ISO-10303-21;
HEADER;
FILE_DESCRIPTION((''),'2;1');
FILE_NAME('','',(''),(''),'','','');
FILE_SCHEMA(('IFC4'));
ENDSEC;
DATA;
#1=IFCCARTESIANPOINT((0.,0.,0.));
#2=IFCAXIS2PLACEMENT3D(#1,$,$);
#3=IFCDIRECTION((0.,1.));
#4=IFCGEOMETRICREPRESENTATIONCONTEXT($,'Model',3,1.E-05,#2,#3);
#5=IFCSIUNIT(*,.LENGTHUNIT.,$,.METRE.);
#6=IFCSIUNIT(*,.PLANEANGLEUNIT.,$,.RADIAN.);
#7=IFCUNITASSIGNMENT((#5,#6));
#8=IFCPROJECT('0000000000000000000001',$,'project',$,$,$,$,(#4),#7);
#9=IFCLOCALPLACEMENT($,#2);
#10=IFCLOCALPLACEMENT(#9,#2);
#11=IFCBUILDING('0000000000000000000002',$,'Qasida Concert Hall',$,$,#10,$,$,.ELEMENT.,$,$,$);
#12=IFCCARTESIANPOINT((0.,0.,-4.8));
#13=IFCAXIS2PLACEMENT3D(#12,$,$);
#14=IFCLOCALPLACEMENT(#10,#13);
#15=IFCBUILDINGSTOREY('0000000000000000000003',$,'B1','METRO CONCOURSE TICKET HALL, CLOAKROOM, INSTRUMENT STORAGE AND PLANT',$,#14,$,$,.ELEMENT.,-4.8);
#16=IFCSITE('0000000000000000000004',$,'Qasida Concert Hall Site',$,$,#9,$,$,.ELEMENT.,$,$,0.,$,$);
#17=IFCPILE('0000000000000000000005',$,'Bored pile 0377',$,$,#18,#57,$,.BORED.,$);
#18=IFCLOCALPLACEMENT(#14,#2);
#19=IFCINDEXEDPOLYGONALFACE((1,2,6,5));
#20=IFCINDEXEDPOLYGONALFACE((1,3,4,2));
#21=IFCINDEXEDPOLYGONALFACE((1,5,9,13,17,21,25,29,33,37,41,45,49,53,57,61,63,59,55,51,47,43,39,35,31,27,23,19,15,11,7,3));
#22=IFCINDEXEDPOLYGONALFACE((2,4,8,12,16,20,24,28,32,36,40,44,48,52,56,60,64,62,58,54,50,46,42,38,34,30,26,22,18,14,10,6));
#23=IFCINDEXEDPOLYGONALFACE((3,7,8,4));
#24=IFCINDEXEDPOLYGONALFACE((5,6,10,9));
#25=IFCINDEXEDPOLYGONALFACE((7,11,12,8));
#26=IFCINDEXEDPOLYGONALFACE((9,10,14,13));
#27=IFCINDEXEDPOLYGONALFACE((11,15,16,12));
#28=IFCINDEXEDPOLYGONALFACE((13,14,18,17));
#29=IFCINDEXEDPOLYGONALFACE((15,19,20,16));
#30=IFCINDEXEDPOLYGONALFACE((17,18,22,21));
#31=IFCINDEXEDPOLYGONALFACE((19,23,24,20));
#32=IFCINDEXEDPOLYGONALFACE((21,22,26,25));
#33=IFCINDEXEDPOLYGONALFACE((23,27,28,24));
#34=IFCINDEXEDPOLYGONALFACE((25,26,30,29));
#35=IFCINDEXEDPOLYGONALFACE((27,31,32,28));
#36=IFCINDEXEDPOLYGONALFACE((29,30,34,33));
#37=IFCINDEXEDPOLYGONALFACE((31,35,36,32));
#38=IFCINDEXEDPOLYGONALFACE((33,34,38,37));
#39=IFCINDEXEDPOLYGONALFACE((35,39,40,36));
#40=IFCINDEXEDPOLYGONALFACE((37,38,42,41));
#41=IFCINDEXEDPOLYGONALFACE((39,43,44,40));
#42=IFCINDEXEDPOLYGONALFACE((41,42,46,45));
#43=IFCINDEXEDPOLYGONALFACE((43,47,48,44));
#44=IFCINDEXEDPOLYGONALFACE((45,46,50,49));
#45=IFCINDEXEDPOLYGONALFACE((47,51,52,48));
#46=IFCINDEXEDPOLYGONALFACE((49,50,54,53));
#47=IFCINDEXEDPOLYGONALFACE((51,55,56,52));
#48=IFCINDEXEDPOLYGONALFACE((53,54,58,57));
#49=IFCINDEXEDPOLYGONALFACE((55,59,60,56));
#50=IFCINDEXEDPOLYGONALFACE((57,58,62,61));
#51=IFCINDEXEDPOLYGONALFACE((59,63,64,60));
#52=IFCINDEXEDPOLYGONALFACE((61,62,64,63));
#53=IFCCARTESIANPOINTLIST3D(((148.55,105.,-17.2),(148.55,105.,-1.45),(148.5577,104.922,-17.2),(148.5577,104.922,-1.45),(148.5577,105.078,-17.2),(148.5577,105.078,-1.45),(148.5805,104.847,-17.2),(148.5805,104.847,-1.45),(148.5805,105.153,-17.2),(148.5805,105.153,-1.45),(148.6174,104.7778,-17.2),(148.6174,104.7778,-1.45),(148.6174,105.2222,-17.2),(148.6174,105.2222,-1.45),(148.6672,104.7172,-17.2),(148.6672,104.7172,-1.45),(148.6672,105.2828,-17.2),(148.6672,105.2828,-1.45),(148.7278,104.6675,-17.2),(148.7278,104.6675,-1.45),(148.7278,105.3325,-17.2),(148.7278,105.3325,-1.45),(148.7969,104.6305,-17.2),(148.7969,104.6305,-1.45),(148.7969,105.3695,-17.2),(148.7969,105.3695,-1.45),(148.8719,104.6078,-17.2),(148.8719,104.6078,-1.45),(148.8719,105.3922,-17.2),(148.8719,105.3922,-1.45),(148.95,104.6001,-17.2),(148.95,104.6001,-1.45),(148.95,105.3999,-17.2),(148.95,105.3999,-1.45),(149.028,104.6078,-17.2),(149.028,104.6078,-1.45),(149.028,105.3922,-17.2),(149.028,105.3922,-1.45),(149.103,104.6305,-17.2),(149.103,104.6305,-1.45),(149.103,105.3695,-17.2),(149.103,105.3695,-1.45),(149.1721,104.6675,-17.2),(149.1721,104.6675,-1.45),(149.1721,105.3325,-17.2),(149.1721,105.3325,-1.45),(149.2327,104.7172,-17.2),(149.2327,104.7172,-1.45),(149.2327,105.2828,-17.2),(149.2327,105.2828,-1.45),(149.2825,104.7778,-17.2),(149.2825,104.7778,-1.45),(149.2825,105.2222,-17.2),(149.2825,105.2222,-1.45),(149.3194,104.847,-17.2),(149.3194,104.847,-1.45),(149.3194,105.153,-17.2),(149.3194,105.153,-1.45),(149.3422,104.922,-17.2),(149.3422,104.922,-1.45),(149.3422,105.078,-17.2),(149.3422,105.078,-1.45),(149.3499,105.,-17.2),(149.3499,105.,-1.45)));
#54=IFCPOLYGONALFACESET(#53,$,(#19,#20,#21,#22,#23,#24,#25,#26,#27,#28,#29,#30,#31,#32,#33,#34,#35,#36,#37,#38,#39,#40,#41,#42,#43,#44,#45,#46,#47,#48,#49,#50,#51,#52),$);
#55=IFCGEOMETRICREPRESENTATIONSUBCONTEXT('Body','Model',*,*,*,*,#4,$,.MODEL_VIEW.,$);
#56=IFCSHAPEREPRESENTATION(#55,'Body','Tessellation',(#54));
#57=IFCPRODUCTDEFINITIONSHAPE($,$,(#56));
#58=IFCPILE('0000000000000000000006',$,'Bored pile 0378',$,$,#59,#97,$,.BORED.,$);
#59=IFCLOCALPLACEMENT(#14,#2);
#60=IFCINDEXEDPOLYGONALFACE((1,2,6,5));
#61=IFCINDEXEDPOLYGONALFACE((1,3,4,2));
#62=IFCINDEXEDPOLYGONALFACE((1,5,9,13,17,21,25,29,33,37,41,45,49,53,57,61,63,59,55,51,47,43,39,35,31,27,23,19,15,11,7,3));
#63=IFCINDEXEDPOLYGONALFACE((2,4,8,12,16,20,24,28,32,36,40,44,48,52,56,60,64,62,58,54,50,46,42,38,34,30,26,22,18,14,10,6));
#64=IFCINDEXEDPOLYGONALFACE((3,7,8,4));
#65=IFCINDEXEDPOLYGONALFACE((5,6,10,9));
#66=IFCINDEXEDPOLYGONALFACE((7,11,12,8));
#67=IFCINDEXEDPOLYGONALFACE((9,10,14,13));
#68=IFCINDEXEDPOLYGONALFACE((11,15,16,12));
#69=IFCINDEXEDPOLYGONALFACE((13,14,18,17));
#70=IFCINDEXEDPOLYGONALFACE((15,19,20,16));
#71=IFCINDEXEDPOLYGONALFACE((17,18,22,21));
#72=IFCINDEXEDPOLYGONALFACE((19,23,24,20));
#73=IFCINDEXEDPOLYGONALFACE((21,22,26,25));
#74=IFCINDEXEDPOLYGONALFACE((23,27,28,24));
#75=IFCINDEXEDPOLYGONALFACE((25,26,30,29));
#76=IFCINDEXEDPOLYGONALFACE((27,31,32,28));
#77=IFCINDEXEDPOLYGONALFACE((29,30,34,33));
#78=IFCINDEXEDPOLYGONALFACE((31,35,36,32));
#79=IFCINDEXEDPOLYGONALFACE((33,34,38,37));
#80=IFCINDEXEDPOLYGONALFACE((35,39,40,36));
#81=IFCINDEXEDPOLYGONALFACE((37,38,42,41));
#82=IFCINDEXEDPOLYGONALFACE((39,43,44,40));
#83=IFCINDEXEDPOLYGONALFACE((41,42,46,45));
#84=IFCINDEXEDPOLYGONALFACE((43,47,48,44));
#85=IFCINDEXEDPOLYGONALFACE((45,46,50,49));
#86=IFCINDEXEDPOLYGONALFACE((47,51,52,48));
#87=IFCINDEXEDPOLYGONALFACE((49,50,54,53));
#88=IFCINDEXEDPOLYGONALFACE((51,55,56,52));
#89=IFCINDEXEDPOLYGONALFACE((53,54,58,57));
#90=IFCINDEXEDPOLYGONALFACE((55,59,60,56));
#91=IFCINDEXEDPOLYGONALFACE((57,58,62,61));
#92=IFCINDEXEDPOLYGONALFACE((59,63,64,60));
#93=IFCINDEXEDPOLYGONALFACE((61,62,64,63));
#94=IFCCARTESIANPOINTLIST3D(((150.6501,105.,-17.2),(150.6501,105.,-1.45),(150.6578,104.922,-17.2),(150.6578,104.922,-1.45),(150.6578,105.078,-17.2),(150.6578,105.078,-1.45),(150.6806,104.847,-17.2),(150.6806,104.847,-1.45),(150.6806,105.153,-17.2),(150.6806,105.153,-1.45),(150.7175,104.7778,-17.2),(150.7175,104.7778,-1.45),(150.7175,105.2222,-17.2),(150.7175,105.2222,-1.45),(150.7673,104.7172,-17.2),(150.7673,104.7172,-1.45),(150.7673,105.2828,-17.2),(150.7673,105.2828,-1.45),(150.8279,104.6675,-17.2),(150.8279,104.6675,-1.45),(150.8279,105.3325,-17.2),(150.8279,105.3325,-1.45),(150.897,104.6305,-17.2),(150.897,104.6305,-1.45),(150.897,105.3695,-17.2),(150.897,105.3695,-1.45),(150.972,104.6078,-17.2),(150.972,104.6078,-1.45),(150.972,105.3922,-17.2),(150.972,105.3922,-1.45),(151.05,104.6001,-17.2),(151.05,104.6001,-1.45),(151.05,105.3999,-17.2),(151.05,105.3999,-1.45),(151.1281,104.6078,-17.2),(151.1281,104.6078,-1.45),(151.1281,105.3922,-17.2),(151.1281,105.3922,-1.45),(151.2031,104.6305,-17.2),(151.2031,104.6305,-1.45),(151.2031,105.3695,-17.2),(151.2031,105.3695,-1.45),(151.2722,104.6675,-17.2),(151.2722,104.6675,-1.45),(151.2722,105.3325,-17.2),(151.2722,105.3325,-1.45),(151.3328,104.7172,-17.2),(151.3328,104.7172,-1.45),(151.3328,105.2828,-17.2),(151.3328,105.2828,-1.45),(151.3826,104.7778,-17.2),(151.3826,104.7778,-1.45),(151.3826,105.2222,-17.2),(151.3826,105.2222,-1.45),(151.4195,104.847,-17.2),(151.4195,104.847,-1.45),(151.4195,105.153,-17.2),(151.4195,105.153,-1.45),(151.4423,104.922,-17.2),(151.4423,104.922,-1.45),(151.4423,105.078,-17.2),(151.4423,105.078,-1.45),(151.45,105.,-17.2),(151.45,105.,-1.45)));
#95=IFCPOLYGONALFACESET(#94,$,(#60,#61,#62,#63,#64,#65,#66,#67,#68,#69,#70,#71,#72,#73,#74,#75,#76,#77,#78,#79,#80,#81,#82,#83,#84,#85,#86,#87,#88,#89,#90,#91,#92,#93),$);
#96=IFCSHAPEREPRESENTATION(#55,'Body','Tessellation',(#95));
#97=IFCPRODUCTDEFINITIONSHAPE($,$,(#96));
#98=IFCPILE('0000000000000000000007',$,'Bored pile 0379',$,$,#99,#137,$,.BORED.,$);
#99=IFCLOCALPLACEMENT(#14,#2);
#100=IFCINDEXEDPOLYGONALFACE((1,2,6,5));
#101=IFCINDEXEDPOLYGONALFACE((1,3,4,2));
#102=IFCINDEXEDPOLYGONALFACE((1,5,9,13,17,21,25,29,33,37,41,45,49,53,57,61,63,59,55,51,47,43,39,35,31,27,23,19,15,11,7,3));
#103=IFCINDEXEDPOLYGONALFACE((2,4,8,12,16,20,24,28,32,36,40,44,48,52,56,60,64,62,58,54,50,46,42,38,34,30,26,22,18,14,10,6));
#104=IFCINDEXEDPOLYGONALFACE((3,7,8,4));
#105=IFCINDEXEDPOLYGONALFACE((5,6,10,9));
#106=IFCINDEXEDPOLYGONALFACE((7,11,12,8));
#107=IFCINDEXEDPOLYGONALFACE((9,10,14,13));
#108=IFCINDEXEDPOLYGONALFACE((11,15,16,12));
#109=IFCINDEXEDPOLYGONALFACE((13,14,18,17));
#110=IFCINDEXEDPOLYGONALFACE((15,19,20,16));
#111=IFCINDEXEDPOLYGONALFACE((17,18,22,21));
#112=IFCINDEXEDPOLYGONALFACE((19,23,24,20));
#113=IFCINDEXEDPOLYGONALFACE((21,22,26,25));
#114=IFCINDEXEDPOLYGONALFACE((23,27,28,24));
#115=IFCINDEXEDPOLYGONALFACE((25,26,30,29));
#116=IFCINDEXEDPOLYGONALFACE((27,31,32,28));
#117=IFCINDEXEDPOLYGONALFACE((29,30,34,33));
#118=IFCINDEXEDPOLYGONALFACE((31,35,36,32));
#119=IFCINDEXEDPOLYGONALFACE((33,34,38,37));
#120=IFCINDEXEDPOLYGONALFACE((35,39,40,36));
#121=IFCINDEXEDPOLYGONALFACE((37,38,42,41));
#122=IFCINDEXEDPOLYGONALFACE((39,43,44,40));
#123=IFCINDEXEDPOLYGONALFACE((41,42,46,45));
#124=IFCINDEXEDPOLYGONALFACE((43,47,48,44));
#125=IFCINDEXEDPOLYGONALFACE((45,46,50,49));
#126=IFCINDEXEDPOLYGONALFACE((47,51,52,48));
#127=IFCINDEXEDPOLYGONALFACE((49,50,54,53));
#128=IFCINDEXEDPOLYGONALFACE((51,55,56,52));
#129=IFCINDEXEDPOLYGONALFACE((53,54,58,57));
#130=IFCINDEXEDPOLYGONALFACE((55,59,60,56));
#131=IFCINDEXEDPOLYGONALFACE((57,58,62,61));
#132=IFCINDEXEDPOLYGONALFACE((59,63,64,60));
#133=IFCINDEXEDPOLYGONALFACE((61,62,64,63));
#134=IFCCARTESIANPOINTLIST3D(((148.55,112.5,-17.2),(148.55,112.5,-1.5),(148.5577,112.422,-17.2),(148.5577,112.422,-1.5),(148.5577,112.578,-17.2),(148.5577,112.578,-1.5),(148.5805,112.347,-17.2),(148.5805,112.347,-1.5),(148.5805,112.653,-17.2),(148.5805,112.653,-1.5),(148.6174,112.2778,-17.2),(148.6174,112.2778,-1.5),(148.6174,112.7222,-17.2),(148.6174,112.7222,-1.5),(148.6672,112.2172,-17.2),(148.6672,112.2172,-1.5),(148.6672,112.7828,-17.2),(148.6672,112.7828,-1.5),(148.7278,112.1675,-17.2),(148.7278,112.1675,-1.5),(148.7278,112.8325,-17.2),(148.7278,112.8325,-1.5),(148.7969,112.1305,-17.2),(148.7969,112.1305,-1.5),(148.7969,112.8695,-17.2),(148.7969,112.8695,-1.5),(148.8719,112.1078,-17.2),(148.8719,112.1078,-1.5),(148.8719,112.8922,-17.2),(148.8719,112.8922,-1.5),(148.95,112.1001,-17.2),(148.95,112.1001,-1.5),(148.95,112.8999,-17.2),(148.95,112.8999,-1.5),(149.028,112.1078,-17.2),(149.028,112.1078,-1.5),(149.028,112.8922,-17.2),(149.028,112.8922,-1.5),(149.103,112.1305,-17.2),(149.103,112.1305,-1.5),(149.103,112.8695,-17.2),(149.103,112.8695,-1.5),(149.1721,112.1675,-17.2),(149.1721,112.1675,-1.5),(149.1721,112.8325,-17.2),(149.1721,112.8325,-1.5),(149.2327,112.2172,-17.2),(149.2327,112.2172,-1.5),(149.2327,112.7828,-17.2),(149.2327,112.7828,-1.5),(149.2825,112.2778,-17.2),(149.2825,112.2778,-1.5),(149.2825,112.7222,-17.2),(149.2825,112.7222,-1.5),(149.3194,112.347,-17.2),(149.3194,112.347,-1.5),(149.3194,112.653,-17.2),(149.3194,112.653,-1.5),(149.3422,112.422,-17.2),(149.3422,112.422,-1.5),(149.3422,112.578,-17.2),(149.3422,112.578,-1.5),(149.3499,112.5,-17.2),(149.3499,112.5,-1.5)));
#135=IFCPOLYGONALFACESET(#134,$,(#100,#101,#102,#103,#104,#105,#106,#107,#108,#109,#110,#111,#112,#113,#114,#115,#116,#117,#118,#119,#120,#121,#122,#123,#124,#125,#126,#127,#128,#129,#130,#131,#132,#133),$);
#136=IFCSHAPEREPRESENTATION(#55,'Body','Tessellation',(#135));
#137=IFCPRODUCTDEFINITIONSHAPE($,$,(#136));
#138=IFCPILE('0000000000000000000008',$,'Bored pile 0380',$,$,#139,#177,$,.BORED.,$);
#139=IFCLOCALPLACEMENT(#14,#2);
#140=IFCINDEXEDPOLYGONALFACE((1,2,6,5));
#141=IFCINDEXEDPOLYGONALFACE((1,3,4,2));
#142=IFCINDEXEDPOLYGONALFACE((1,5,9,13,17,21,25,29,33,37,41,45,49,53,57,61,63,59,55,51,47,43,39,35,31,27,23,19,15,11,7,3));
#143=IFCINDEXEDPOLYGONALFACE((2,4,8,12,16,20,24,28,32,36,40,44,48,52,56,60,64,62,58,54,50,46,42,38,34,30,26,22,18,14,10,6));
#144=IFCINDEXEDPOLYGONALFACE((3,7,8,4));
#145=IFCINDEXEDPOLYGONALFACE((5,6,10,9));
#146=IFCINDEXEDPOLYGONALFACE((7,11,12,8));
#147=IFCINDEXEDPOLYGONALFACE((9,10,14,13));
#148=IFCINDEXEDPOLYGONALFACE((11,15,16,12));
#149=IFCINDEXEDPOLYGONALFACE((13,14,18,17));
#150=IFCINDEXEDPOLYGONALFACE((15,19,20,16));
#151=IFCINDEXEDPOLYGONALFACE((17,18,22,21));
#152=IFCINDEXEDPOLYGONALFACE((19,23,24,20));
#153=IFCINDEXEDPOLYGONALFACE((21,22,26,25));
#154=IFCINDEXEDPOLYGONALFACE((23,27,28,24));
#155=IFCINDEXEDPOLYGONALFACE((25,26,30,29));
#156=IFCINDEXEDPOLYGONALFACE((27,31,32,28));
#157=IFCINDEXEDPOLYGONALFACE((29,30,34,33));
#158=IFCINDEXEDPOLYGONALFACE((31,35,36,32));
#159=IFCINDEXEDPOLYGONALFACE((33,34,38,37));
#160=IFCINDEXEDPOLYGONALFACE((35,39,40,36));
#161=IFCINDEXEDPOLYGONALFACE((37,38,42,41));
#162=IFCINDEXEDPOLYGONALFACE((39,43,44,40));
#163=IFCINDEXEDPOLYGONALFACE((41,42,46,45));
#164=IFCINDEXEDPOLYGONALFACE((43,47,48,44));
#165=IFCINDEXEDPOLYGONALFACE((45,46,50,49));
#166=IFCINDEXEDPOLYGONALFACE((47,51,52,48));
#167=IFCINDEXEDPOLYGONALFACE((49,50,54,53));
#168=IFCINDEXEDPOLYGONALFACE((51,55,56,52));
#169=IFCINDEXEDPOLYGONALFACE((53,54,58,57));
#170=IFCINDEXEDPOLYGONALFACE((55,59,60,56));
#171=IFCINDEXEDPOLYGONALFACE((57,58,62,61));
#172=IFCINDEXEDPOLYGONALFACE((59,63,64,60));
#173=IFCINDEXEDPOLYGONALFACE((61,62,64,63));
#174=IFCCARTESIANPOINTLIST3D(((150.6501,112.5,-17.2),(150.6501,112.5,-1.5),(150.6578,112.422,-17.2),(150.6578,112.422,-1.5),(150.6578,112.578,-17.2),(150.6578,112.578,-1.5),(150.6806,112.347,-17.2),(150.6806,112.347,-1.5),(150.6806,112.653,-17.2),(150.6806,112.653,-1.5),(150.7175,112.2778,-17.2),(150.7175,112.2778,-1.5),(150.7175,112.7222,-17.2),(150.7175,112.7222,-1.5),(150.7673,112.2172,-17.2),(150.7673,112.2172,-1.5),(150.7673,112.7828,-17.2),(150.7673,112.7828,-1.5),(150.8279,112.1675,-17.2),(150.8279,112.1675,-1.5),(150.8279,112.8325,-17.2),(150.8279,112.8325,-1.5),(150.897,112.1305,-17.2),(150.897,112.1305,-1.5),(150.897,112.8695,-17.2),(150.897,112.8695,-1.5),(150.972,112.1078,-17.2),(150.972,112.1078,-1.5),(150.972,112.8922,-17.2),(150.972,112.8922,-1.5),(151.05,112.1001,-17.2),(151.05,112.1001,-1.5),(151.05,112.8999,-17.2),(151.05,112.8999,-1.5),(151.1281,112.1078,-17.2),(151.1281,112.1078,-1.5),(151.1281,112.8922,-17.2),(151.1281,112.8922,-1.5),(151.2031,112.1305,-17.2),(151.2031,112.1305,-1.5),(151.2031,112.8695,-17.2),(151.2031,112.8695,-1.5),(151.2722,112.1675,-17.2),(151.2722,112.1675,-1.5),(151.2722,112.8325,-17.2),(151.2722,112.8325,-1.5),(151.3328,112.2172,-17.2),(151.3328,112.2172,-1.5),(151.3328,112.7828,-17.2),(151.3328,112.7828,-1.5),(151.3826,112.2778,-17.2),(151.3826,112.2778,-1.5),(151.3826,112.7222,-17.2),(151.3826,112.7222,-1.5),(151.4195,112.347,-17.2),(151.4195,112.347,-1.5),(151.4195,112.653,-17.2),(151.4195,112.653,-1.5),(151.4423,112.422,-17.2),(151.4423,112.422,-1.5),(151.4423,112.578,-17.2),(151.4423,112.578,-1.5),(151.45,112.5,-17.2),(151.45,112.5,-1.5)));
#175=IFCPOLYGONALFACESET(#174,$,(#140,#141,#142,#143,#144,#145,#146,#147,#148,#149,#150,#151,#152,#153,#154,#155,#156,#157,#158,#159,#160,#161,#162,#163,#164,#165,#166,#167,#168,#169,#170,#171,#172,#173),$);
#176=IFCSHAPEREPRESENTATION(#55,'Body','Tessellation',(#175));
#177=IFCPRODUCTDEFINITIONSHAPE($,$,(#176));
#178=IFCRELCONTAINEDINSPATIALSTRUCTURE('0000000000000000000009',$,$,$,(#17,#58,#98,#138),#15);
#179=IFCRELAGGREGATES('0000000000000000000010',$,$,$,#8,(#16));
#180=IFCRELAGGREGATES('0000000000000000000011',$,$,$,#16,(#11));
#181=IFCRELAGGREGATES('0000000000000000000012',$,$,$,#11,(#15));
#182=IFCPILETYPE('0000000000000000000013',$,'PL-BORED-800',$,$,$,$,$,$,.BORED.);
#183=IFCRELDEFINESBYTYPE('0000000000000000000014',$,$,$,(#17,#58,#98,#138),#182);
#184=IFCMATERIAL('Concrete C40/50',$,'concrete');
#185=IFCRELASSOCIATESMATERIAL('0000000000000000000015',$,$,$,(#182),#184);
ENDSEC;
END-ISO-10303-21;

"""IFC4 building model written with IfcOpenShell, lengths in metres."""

from ifc_helpers import new_model, si_unit, direction, frame, origin, origin_2d, place, context, subcontext, project, spatial, circle, extrude, material, material_profile, profile_set, type_object, element, save


model = new_model("IFC4")

# Units and contexts
model_context = context("Model", 3, precision=1e-05, world=origin(), true_north=direction((0.0, 1.0)))
body_context = subcontext(model_context, "Body", "Model", "MODEL_VIEW")
ifc_project = project(units=[si_unit("LENGTHUNIT", "METRE"), si_unit("PLANEANGLEUNIT", "RADIAN")], contexts=[model_context])

# Site, building, storey
site_placement = place(None, origin())
site = spatial("IfcSite", under=ifc_project, at=site_placement, Name="Qasida Concert Hall Site", CompositionType="ELEMENT", RefElevation=0.0)
building_placement = place(site_placement, origin())
building = spatial("IfcBuilding", under=site, at=building_placement, Name="Qasida Concert Hall", CompositionType="ELEMENT")
storey_placement = place(building_placement, frame((0.0, 0.0, -4.8)))
storey = spatial("IfcBuildingStorey", under=building, at=storey_placement, Name="B1", Description="METRO CONCOURSE TICKET HALL, CLOAKROOM, INSTRUMENT STORAGE AND PLANT", CompositionType="ELEMENT", Elevation=-4.8)

# Shared definitions
ifc_material_1 = material(Name="Concrete C40/50", Category="concrete")

# Piles
ifc_material_profile_1 = material_profile(ifc_material_1, circle(Radius=0.3999, at=origin_2d()), Name="BORED PILE D800")
ifc_profile_set_1 = profile_set([ifc_material_profile_1], Name="Concrete C40/50")
pile_type = type_object("IfcPileType", Name="PL-BORED-800", PredefinedType="BORED", material=ifc_profile_set_1)
for number, where, z_axis, x_axis, name in (
    (1, (148.95, 105.0, -1.45), (0.0, 0.0, -1.0), (1.0, 0.0, 0.0), "Bored pile 0377"),
    (2, (151.05, 105.0, -1.45), (0.0, 0.0, -1.0), (1.0, 0.0, 0.0), "Bored pile 0378"),
):
    element("IfcPile", number, at=place(storey_placement, frame(where, z_axis=z_axis, x_axis=x_axis)), inside=storey, type_object=pile_type, Name=name, PredefinedType="BORED", context=body_context, shape_type="SweptSolid", body=[
        extrude(circle(Radius=0.3999, at=origin_2d()), origin(), (0.0, 0.0, 1.0), 15.75),
    ])
for number, where, z_axis, x_axis, name in (
    (3, (148.95, 112.5, -1.5), (0.0, 0.0, -1.0), (1.0, 0.0, 0.0), "Bored pile 0379"),
    (4, (151.05, 112.5, -1.5), (0.0, 0.0, -1.0), (1.0, 0.0, 0.0), "Bored pile 0380"),
):
    element("IfcPile", number, at=place(storey_placement, frame(where, z_axis=z_axis, x_axis=x_axis)), inside=storey, type_object=pile_type, Name=name, PredefinedType="BORED", context=body_context, shape_type="SweptSolid", body=[
        extrude(circle(Radius=0.3999, at=origin_2d()), origin(), (0.0, 0.0, 1.0), 15.7),
    ])

save(model, "model.ifc")
